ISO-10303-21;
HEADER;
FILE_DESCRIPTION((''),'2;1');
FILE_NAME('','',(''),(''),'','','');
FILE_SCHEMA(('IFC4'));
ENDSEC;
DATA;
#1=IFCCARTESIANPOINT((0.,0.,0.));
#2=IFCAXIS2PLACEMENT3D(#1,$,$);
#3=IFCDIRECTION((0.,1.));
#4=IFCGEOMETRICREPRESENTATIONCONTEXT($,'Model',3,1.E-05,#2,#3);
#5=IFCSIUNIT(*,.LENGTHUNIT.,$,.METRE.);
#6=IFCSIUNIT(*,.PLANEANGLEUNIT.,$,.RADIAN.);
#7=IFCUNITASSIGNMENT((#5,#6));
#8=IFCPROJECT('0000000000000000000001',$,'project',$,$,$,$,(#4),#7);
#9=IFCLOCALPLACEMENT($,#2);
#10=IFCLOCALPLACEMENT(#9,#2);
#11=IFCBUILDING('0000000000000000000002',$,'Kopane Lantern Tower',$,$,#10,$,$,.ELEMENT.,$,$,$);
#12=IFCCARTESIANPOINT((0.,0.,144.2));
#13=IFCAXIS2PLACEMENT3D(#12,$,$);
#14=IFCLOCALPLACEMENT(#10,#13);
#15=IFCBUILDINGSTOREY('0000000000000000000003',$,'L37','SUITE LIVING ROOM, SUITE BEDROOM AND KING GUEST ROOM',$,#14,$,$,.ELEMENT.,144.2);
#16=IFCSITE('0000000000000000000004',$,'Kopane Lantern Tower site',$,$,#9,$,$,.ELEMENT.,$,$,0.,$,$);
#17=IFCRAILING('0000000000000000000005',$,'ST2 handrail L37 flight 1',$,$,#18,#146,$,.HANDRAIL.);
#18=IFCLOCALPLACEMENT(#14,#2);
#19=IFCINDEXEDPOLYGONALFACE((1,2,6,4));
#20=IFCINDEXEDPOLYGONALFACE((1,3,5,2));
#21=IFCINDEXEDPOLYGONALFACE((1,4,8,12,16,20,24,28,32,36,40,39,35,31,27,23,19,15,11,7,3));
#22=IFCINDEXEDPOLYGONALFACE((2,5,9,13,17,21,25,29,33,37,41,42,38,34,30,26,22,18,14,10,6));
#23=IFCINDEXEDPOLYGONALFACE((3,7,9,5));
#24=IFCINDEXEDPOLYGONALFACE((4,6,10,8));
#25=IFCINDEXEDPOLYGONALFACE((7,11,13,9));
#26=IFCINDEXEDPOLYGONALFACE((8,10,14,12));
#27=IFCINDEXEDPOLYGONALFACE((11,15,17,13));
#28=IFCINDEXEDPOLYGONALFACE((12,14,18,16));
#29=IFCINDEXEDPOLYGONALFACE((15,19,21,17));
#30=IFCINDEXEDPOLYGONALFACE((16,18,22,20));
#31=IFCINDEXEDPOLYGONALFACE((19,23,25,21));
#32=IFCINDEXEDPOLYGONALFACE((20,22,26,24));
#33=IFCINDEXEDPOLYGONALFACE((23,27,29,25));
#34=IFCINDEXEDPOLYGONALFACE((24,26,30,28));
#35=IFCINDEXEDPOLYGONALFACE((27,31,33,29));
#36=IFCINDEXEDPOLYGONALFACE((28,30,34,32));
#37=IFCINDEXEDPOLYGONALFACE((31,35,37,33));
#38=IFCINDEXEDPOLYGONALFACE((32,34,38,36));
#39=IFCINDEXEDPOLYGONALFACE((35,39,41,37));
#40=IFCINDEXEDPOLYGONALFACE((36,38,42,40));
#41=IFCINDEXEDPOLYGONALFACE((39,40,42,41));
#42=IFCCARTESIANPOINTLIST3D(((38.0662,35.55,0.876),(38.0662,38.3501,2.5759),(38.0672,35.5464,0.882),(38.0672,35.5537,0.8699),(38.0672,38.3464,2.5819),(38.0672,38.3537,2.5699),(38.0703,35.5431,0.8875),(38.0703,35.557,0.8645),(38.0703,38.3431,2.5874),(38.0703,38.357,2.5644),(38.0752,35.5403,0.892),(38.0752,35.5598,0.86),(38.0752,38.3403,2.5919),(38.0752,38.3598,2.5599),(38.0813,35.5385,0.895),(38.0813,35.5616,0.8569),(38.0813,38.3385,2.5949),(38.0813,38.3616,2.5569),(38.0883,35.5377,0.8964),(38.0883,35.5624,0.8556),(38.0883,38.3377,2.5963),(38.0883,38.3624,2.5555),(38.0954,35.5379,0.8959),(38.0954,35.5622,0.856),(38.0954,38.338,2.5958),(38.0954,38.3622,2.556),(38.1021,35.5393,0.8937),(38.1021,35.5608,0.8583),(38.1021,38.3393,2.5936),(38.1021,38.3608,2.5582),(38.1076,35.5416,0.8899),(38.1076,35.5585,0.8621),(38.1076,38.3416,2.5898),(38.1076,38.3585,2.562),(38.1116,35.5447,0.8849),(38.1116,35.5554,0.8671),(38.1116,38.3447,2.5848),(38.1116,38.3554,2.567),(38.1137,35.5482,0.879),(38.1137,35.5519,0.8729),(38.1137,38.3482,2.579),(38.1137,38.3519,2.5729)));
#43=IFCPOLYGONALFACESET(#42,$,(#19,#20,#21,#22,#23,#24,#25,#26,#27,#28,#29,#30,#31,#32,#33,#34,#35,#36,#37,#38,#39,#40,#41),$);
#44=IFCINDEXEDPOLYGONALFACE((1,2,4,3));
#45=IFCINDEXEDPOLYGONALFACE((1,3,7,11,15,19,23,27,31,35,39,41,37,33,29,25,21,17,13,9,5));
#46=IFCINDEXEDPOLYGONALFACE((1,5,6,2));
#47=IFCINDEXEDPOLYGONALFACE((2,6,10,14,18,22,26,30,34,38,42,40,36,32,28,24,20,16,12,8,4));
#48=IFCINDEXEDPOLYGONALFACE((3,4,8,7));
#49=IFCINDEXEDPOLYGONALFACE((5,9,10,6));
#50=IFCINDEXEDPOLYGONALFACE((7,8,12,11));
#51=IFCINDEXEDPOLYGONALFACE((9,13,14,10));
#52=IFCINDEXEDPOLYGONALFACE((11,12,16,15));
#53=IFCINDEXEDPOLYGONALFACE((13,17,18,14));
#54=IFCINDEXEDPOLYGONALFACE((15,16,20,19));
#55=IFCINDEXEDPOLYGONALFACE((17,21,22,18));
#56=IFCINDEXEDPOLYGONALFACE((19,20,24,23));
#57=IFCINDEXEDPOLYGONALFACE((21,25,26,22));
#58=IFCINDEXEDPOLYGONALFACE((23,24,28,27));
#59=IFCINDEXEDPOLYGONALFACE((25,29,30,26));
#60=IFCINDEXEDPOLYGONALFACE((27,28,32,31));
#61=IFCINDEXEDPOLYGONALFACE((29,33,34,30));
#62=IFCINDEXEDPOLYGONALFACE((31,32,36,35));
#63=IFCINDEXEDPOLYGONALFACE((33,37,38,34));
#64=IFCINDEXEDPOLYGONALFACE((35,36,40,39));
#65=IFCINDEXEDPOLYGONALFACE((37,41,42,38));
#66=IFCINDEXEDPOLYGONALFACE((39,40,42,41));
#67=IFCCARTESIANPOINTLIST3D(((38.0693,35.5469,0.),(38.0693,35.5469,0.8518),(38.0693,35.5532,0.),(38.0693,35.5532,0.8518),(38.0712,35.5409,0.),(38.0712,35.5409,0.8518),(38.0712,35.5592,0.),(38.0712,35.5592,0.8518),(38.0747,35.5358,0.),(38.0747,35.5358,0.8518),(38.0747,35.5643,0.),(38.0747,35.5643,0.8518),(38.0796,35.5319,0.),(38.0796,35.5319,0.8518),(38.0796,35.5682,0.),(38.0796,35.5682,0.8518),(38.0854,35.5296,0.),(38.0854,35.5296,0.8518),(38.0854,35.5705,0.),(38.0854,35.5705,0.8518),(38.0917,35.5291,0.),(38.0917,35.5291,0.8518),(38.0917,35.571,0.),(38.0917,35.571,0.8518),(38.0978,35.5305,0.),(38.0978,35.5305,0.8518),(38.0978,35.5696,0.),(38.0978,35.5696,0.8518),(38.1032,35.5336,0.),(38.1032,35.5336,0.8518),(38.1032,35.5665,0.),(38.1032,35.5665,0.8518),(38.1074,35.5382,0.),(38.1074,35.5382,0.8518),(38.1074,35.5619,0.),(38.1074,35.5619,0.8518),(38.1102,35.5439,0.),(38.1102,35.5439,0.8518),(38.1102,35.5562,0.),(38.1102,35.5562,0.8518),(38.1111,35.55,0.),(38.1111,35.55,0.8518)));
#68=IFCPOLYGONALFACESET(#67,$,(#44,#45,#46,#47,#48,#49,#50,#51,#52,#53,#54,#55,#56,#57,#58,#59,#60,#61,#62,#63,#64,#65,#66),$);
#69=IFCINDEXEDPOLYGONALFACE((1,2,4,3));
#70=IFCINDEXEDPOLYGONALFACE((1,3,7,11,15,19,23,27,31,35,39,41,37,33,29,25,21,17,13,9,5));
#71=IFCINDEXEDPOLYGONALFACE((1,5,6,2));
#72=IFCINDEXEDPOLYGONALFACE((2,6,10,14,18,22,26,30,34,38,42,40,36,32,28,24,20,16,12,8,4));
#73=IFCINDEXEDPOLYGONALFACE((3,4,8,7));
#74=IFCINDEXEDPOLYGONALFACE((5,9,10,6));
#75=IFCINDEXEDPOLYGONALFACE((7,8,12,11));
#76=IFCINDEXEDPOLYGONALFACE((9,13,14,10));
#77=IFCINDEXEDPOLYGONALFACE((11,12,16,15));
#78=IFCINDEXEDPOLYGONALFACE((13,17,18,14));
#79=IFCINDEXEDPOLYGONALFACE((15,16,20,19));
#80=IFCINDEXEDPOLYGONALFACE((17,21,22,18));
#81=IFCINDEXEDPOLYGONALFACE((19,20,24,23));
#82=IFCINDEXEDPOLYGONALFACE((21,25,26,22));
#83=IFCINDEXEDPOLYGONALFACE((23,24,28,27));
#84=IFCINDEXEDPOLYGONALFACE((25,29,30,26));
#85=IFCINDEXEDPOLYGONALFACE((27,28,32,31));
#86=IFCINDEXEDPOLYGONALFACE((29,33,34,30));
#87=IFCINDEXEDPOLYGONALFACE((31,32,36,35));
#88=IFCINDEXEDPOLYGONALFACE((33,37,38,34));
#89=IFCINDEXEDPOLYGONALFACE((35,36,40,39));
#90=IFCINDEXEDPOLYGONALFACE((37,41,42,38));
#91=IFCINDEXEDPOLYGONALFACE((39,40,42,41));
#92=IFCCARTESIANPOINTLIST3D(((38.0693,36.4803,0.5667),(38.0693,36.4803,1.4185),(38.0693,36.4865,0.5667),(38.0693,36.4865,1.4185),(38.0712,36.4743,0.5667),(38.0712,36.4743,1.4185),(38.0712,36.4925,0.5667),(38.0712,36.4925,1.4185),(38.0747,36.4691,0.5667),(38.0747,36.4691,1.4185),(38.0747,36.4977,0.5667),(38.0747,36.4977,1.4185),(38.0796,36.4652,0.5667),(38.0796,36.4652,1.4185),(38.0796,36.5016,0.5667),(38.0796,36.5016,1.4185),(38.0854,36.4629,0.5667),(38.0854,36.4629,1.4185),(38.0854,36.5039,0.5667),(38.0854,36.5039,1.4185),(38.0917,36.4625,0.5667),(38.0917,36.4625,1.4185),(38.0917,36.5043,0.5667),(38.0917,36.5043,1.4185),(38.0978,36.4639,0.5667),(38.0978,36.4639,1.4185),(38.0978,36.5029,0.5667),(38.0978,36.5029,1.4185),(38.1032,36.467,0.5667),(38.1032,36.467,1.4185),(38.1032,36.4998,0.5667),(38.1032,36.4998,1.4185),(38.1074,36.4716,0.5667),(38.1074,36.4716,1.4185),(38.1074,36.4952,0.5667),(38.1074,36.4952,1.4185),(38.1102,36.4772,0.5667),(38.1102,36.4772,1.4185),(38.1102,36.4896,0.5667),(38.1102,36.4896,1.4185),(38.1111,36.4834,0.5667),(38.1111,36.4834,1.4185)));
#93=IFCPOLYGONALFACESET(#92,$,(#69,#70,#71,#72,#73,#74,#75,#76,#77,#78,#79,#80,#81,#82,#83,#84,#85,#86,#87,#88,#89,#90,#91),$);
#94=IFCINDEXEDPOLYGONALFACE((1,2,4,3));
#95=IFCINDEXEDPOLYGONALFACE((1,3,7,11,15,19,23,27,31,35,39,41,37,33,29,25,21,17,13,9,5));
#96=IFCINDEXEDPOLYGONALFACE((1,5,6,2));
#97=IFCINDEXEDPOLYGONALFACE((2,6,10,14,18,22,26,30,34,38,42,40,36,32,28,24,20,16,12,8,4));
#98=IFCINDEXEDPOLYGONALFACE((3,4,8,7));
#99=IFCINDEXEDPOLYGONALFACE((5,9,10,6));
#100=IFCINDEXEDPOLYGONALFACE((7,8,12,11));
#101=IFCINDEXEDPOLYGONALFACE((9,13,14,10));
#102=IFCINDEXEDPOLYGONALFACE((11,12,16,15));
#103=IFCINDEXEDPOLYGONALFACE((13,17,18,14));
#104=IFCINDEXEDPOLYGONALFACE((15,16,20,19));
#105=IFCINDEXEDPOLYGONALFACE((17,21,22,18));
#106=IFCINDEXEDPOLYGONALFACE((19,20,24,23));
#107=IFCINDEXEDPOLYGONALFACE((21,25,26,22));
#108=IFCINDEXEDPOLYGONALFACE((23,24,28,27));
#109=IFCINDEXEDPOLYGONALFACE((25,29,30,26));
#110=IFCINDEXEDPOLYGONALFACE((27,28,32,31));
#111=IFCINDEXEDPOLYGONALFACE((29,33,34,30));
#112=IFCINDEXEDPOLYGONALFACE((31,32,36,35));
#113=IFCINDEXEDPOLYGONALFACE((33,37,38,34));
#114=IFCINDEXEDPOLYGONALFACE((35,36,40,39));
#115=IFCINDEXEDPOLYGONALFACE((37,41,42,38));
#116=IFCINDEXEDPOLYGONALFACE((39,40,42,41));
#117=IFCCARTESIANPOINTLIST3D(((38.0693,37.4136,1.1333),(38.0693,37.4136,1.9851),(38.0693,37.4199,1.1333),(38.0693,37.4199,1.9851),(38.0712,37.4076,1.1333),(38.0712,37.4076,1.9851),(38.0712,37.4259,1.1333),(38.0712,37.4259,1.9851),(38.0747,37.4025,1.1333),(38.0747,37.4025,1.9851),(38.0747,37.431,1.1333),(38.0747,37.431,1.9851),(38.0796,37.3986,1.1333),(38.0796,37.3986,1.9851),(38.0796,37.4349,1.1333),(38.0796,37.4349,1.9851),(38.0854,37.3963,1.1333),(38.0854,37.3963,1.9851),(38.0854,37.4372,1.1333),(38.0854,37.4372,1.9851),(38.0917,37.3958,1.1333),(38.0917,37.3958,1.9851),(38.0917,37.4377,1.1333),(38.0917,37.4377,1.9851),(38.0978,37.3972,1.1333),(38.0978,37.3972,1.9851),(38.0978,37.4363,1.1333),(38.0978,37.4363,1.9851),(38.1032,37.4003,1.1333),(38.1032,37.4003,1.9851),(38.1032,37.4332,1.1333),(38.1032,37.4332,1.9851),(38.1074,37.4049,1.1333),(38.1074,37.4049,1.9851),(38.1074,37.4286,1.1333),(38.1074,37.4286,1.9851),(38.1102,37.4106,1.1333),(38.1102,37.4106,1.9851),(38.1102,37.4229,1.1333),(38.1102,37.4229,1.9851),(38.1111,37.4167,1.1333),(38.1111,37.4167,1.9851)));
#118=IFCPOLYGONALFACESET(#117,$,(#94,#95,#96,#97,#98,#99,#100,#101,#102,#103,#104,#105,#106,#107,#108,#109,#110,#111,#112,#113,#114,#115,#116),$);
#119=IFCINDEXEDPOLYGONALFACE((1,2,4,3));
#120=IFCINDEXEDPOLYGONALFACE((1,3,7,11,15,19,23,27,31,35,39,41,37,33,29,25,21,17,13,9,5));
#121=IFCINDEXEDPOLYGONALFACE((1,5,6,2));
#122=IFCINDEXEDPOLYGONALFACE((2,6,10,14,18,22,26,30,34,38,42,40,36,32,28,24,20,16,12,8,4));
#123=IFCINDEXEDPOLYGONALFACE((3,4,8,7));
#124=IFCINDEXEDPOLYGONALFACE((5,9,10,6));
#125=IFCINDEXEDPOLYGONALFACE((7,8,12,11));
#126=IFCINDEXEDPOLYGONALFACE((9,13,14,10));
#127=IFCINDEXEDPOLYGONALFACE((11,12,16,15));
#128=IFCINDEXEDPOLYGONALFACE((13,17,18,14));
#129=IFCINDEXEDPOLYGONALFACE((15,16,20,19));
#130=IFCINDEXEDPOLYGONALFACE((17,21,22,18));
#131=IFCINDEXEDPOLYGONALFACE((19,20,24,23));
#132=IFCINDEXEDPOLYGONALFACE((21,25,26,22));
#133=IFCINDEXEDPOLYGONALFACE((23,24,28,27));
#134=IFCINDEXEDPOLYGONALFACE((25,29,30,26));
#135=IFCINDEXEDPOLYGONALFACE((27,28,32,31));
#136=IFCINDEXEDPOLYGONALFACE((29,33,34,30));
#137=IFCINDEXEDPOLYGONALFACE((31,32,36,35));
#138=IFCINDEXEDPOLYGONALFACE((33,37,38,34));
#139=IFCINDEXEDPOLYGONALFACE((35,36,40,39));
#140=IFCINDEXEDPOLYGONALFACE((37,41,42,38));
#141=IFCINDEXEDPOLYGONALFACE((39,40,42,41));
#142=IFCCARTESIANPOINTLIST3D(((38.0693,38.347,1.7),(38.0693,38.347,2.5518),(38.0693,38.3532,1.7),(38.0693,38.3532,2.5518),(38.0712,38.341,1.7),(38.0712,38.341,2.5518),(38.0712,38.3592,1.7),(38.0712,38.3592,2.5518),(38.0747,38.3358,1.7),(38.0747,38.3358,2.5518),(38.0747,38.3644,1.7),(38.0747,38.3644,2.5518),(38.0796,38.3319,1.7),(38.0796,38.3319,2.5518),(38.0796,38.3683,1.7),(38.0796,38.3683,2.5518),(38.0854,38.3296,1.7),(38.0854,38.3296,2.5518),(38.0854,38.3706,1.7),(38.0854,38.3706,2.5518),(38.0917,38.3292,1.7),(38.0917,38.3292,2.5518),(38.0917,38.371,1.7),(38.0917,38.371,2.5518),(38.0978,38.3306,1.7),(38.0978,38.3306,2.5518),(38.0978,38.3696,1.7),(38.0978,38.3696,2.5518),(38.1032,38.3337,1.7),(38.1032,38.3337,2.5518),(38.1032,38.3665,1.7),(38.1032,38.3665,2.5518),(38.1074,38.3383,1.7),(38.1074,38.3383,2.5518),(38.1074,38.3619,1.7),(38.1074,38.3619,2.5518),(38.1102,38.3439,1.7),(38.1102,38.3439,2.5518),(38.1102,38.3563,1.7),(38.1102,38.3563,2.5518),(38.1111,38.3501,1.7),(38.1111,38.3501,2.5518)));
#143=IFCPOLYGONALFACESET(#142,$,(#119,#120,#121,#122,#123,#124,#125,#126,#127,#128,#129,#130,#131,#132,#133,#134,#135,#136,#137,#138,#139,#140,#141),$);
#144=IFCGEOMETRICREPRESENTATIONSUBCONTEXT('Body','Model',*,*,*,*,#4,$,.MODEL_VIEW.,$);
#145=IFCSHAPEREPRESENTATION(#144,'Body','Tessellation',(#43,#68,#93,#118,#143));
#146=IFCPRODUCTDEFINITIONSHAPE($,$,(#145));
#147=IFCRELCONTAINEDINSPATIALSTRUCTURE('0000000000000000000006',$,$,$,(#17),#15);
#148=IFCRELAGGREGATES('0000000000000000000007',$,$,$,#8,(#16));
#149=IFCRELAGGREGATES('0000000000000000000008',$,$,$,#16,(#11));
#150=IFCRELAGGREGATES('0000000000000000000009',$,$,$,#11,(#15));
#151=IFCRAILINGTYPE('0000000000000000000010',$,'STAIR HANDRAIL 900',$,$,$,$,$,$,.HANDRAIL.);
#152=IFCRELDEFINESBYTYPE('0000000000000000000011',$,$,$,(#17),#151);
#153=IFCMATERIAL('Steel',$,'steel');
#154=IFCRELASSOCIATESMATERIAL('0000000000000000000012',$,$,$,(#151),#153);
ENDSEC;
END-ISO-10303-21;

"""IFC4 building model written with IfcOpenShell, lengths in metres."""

from ifc_helpers import new_model, si_unit, direction, frame, origin, origin_2d, place, context, subcontext, project, spatial, circle, extrude, material, type_object, element, save


model = new_model("IFC4")

# Units and contexts
model_context = context("Model", 3, precision=1e-05, world=origin(), true_north=direction((0.0, 1.0)))
body_context = subcontext(model_context, "Body", "Model", "MODEL_VIEW")
ifc_project = project(units=[si_unit("LENGTHUNIT", "METRE"), si_unit("PLANEANGLEUNIT", "RADIAN")], contexts=[model_context])

# Site, building, storey
site_placement = place(None, origin())
site = spatial("IfcSite", under=ifc_project, at=site_placement, Name="Kopane Lantern Tower site", CompositionType="ELEMENT", RefElevation=0.0)
building_placement = place(site_placement, origin())
building = spatial("IfcBuilding", under=site, at=building_placement, Name="Kopane Lantern Tower", CompositionType="ELEMENT")
storey_placement = place(building_placement, frame((0.0, 0.0, 144.2)))
storey = spatial("IfcBuildingStorey", under=building, at=storey_placement, Name="L37", Description="SUITE LIVING ROOM, SUITE BEDROOM AND KING GUEST ROOM", CompositionType="ELEMENT", Elevation=144.2)

# Railing
ifc_material_1 = material(Name="Steel", Category="steel")
railing_type_1 = type_object("IfcRailingType", Name="STAIR HANDRAIL 900", PredefinedType="HANDRAIL", material=ifc_material_1)
for number, where, name in (
    (1, (38.0901, 35.55, 0.0), "ST2 handrail L37 flight 1"),
):
    element("IfcRailing", number, at=place(storey_placement, frame(where)), inside=storey, type_object=railing_type_1, Name=name, PredefinedType="HANDRAIL", context=body_context, shape_type="SweptSolid", body=[
        extrude(circle(Radius=0.0239, at=origin_2d()), frame((0.0, 0.0, 0.876), z_axis=(0.0, 0.854798, 0.518961), x_axis=(-1.0, 0.0, 0.0)), (0.0, 0.0, 1.0), 3.2756),
        extrude(circle(Radius=0.021, at=origin_2d()), origin(), (0.0, 0.0, 1.0), 0.8518),
        extrude(circle(Radius=0.021, at=origin_2d()), frame((0.0, 0.9333, 0.5667)), (0.0, 0.0, 1.0), 0.8518),
        extrude(circle(Radius=0.021, at=origin_2d()), frame((0.0, 1.8667, 1.1333)), (0.0, 0.0, 1.0), 0.8518),
        extrude(circle(Radius=0.021, at=origin_2d()), frame((0.0, 2.8, 1.7)), (0.0, 0.0, 1.0), 0.8518),
    ])

save(model, "model.ifc")
